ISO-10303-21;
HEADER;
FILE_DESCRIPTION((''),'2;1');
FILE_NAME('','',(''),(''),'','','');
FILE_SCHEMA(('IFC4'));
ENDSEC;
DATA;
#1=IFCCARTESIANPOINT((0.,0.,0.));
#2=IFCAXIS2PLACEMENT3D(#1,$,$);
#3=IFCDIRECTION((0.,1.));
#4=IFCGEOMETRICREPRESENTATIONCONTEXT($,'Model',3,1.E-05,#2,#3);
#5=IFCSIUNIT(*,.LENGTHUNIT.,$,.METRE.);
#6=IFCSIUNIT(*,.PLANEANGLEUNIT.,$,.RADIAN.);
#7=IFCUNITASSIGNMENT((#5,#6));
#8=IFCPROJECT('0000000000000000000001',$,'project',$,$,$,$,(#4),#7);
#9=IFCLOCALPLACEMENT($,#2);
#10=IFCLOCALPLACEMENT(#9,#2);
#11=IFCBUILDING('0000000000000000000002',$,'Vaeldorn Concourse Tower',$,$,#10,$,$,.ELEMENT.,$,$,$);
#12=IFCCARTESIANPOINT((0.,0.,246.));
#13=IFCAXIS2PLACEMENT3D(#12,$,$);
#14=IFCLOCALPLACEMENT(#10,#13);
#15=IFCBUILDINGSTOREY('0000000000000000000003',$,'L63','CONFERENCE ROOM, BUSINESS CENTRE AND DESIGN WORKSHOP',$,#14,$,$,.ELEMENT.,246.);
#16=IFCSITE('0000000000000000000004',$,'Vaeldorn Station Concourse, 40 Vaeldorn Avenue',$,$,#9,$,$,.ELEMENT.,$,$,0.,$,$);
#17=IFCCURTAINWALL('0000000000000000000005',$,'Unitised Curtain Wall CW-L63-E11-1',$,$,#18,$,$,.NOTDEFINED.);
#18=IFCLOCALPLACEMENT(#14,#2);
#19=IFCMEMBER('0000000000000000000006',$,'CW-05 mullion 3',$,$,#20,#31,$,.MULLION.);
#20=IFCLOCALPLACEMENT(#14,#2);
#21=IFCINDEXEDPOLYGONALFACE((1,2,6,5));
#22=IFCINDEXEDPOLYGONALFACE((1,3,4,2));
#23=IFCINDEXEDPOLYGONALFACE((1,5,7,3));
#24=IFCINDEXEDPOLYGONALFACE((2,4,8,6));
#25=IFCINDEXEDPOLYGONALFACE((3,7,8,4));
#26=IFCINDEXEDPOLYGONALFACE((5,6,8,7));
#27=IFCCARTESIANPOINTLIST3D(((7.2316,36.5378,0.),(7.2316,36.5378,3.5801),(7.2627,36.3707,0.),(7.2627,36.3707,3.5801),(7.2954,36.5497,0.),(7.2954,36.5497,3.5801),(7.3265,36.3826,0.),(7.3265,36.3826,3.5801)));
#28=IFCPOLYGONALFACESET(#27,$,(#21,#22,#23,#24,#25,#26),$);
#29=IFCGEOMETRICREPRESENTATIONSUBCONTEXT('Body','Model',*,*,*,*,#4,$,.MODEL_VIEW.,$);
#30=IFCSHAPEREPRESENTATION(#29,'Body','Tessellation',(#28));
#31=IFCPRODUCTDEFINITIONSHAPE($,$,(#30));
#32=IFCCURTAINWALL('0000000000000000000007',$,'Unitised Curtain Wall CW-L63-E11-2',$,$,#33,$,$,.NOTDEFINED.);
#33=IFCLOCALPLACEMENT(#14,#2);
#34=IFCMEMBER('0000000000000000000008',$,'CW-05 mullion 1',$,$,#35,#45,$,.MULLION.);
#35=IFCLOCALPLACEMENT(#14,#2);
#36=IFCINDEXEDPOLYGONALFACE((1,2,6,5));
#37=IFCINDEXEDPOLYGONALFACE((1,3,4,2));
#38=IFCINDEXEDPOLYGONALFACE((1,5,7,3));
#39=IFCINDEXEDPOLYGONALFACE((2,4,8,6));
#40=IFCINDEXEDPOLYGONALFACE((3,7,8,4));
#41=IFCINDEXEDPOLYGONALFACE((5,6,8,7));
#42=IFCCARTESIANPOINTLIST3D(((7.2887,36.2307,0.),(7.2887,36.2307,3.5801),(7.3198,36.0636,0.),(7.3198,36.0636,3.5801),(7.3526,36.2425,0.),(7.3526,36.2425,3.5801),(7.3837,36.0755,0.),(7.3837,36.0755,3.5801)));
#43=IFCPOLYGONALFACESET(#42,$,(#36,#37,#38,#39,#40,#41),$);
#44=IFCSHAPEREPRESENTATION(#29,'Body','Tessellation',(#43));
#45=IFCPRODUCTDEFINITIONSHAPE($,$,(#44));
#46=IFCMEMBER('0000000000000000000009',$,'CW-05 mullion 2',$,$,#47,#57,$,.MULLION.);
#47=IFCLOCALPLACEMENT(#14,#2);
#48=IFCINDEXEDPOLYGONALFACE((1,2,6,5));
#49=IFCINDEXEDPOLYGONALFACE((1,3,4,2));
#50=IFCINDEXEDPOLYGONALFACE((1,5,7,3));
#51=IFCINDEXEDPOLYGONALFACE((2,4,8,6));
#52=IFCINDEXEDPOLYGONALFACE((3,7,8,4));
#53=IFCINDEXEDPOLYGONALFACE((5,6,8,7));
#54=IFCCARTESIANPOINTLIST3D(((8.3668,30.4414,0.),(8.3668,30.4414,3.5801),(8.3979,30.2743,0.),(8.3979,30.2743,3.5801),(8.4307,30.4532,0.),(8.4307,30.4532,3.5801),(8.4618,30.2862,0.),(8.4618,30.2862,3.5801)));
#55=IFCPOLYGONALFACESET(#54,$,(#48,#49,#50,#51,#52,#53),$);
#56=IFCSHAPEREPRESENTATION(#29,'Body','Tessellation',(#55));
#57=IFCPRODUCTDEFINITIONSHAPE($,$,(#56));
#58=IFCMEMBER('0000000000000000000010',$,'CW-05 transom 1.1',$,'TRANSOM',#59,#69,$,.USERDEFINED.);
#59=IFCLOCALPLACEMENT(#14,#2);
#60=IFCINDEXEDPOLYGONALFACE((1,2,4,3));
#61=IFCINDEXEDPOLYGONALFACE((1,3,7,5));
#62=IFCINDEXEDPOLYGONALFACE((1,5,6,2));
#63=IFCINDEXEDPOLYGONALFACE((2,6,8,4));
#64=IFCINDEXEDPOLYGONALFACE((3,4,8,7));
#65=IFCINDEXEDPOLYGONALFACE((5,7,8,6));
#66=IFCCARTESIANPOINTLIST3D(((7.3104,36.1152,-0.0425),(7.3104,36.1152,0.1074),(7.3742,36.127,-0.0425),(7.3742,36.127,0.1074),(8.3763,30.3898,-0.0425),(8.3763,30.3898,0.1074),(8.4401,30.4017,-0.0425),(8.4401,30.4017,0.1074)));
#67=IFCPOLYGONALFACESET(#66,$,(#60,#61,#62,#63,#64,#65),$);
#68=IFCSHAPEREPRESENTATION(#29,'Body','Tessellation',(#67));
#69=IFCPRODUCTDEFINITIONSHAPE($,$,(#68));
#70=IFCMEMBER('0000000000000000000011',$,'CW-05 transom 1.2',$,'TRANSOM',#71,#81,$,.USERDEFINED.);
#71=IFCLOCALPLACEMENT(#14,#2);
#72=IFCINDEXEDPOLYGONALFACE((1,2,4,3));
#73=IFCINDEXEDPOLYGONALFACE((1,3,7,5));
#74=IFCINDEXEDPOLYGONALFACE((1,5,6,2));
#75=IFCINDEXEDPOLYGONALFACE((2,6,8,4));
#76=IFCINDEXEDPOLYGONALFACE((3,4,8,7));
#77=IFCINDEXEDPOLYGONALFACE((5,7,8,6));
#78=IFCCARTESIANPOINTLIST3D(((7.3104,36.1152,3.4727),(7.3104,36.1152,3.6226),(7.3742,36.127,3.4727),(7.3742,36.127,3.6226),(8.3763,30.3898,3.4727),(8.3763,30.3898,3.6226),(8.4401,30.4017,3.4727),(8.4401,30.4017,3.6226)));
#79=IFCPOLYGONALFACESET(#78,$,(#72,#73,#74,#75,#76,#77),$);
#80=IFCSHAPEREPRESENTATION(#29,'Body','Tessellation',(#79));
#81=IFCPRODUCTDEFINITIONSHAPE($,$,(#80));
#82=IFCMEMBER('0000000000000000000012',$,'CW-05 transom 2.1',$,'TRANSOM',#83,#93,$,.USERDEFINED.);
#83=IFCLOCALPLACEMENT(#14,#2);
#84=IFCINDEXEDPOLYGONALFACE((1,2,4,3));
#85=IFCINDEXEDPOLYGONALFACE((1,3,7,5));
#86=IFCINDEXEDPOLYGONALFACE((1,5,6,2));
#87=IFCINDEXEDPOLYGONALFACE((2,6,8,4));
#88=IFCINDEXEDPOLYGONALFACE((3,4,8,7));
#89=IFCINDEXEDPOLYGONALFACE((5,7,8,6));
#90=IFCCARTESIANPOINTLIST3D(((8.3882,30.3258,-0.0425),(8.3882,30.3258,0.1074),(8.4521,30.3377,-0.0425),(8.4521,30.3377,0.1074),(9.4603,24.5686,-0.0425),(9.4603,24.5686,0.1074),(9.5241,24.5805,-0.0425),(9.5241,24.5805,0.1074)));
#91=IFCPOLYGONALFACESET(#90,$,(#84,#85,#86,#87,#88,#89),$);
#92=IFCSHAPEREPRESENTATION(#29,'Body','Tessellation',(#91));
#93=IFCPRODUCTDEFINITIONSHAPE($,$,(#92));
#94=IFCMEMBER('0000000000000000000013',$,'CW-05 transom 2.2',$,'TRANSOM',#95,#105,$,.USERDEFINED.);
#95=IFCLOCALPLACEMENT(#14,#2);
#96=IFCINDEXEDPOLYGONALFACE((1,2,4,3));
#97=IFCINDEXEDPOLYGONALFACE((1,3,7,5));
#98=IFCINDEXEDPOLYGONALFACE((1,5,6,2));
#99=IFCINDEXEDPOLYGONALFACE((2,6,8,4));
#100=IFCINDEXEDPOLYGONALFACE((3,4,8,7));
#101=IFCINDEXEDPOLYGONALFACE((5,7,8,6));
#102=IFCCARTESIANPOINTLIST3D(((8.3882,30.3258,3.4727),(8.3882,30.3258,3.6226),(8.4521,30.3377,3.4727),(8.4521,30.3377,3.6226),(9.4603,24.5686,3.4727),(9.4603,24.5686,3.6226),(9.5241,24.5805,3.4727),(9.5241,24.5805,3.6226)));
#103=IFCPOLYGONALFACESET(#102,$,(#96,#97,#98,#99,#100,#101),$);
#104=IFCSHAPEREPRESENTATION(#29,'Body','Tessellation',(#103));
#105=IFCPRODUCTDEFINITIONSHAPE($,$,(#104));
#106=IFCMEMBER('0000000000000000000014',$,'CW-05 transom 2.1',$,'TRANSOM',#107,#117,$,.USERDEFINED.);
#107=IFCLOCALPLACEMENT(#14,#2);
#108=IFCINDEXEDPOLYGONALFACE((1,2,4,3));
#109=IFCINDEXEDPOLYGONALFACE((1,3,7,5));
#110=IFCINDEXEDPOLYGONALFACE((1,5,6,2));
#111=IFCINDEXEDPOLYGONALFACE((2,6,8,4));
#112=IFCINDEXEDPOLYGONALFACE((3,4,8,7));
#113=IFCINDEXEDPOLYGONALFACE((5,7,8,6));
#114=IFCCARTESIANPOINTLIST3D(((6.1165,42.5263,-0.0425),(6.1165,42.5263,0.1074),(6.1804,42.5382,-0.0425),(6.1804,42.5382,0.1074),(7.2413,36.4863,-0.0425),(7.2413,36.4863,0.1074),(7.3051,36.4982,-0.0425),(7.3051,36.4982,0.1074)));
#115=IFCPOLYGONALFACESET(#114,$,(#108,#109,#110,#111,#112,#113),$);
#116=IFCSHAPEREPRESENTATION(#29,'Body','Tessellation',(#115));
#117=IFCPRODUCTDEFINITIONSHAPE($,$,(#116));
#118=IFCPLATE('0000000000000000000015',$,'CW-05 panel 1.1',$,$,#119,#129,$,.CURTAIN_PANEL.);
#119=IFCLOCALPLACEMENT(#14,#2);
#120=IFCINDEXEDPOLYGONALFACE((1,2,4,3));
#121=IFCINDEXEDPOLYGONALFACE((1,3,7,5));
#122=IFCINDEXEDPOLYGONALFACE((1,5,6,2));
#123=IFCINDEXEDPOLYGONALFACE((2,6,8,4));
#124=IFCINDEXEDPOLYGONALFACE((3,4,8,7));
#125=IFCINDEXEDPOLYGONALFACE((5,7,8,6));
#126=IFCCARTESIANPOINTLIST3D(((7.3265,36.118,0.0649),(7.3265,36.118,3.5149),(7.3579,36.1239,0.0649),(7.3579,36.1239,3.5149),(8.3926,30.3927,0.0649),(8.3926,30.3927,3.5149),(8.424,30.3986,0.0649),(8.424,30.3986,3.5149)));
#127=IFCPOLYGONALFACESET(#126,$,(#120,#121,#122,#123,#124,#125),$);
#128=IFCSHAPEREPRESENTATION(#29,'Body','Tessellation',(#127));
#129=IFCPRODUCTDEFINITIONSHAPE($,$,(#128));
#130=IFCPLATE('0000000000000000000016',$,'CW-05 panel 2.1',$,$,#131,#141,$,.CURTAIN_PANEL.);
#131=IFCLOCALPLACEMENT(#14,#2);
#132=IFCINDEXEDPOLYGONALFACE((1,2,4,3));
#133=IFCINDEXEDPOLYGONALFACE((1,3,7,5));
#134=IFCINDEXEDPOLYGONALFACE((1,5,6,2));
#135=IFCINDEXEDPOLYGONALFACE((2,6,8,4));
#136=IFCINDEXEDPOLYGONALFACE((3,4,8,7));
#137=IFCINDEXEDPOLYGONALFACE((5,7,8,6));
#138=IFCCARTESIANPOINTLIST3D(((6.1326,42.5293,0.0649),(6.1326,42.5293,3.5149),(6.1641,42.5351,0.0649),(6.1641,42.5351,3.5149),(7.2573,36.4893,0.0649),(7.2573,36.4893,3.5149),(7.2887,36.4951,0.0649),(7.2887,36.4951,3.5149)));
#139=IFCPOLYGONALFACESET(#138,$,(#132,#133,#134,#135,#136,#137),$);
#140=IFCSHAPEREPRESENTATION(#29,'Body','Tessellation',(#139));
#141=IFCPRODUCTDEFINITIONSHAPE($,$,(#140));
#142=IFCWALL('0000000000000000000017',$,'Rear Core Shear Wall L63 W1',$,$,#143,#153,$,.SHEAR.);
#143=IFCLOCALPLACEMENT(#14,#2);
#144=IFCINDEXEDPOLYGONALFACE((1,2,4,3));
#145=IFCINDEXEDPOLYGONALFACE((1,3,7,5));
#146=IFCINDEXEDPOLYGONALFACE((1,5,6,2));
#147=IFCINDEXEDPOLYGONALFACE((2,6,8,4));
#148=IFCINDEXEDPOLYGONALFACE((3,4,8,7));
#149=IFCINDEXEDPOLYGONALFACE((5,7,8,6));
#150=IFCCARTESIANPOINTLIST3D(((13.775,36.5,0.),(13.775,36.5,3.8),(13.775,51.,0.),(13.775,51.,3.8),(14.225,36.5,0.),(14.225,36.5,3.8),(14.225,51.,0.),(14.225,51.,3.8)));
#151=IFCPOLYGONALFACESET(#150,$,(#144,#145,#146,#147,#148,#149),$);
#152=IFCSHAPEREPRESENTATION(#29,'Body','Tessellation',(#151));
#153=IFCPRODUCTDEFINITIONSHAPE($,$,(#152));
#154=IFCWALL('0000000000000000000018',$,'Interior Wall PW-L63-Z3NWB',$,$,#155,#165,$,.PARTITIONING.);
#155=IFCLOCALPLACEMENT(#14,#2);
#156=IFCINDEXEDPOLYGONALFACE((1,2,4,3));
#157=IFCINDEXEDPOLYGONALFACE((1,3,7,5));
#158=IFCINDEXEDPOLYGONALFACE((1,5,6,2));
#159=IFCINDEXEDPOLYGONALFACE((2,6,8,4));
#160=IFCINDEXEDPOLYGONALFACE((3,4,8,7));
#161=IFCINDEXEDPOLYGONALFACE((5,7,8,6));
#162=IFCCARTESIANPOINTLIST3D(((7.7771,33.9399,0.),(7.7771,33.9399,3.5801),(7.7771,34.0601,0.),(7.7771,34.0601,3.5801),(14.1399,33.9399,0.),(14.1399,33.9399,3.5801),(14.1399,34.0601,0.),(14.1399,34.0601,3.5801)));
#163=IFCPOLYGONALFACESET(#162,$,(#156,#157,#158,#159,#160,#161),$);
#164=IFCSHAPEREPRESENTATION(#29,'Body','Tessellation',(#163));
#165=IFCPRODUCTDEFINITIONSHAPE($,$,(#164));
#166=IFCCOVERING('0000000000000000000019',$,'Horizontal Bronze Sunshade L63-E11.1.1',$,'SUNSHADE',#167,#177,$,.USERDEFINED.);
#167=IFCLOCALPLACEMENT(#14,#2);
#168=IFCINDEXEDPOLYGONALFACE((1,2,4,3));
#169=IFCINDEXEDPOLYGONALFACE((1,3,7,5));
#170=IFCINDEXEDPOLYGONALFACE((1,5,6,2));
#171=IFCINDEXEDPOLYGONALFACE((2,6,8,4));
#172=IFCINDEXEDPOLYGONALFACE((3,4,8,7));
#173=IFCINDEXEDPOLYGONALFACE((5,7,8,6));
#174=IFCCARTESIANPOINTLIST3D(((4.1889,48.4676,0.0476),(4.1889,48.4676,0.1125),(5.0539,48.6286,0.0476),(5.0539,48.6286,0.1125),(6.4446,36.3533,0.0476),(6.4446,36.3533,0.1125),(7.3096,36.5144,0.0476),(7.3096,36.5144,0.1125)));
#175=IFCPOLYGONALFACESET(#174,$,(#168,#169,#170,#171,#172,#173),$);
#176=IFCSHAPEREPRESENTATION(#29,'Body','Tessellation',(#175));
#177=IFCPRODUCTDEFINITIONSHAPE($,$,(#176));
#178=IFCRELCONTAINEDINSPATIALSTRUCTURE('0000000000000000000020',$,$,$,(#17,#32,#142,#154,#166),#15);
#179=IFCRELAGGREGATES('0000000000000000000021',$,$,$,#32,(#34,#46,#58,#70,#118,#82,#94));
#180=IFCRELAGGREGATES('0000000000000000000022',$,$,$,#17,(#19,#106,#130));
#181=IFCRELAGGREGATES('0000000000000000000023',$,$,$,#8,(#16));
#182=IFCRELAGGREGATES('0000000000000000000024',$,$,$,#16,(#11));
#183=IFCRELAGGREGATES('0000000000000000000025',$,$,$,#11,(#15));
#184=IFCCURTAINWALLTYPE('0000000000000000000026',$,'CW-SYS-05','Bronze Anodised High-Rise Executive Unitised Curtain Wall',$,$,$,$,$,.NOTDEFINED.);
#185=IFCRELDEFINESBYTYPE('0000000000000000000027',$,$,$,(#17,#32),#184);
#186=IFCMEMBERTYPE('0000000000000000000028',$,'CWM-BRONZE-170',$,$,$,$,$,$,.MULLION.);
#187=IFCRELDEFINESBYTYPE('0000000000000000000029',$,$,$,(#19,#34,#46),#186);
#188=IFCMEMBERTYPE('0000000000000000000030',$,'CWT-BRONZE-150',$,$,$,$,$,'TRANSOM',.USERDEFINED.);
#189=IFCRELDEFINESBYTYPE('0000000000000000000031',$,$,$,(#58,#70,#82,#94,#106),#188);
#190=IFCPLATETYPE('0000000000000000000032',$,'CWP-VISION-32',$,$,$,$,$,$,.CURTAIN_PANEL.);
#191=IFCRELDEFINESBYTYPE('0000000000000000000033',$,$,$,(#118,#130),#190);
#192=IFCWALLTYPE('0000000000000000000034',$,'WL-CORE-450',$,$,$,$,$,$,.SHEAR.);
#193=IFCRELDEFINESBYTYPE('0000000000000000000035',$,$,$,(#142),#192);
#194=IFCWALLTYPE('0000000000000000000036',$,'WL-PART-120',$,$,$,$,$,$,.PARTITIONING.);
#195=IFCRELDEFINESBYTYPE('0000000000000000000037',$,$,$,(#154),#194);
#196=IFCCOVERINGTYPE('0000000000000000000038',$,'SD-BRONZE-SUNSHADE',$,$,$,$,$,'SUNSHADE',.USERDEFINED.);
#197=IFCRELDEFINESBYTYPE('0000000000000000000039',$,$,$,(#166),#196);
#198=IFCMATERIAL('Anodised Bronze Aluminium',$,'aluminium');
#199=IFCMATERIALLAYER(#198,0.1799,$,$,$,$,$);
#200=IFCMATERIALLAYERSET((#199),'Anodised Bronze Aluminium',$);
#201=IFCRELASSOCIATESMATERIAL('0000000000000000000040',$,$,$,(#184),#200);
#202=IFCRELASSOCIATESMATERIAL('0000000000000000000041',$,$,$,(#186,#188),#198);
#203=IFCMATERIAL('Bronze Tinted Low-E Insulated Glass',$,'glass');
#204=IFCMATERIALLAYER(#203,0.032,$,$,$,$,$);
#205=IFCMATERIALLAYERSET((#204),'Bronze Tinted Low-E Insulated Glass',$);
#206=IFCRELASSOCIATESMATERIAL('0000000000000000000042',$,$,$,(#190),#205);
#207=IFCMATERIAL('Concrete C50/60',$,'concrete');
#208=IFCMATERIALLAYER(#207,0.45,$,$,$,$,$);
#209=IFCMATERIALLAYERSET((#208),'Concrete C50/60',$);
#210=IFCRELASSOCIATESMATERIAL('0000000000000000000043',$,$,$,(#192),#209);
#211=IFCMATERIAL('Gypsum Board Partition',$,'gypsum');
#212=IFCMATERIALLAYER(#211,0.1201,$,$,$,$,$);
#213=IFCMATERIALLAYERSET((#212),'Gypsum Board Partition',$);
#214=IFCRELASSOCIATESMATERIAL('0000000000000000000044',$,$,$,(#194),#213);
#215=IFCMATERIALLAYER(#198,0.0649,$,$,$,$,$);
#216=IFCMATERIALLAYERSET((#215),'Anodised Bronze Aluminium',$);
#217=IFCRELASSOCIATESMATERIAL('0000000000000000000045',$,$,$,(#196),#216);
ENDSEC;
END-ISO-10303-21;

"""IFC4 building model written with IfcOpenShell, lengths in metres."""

from ifc_helpers import new_model, si_unit, direction, frame, frame_2d, origin, origin_2d, place, context, subcontext, project, spatial, rectangle, extrude, source, transform, mapped, material, layer, layer_set, material_profile, profile_set, type_object, element, aggregate, save


model = new_model("IFC4")

# Units and contexts
model_context = context("Model", 3, precision=1e-05, world=origin(), true_north=direction((0.0, 1.0)))
body_context = subcontext(model_context, "Body", "Model", "MODEL_VIEW")
ifc_project = project(units=[si_unit("LENGTHUNIT", "METRE"), si_unit("PLANEANGLEUNIT", "RADIAN")], contexts=[model_context])

# Site, building, storey
site_placement = place(None, origin())
site = spatial("IfcSite", under=ifc_project, at=site_placement, Name="Vaeldorn Station Concourse, 40 Vaeldorn Avenue", CompositionType="ELEMENT", RefElevation=0.0)
building_placement = place(site_placement, origin())
building = spatial("IfcBuilding", under=site, at=building_placement, Name="Vaeldorn Concourse Tower", CompositionType="ELEMENT")
storey_placement = place(building_placement, frame((0.0, 0.0, 246.0)))
storey = spatial("IfcBuildingStorey", under=building, at=storey_placement, Name="L63", Description="CONFERENCE ROOM, BUSINESS CENTRE AND DESIGN WORKSHOP", CompositionType="ELEMENT", Elevation=246.0)

# Shared definitions
ifc_material_1 = material(Name="Concrete C50/60", Category="concrete")

# Curtain wall, member
ifc_material_2 = material(Name="Anodised Bronze Aluminium", Category="aluminium")
ifc_layer_1 = layer(ifc_material_2, 0.1799)
ifc_layer_set_1 = layer_set([ifc_layer_1], Name="Anodised Bronze Aluminium")
curtain_wall_type = type_object("IfcCurtainWallType", Name="CW-SYS-05", Description="Bronze Anodised High-Rise Executive Unitised Curtain Wall", PredefinedType="NOTDEFINED", material=ifc_layer_set_1)
curtain_wall_1_placement = place(storey_placement, origin())
curtain_wall_1 = element("IfcCurtainWall", 1, at=curtain_wall_1_placement, inside=storey, type_object=curtain_wall_type, Name="Unitised Curtain Wall CW-L63-E11-1", PredefinedType="NOTDEFINED")
ifc_material_profile_1 = material_profile(ifc_material_2, rectangle(XDim=0.0649, YDim=0.1699, at=origin_2d()), Name="CWM 65x170")
ifc_profile_set_1 = profile_set([ifc_material_profile_1], Name="Anodised Bronze Aluminium")
member_type_1 = type_object("IfcMemberType", Name="CWM-BRONZE-170", PredefinedType="MULLION", material=ifc_profile_set_1)
shared_shape_1 = source(origin(), body_context, "Body", "SweptSolid", [
    extrude(rectangle(XDim=0.0649, YDim=0.1699, at=origin_2d()), origin(), (0.0, 0.0, 1.0), 3.5801),
])
member_1_placement = place(storey_placement, frame((7.2791, 36.4602, 0.0), z_axis=(0.0, 0.0, 1.0), x_axis=(0.983103, 0.183054, 0.0)))
member_1 = element("IfcMember", 2, at=member_1_placement, type_object=member_type_1, Name="CW-05 mullion 3", PredefinedType="MULLION", context=body_context, shape_type="MappedRepresentation", body=[
    mapped(shared_shape_1, transform((0.0, 0.0, 0.0), scale=1.0)),
])

# Curtain wall, members
curtain_wall_2_placement = place(storey_placement, origin())
curtain_wall_2 = element("IfcCurtainWall", 3, at=curtain_wall_2_placement, inside=storey, type_object=curtain_wall_type, Name="Unitised Curtain Wall CW-L63-E11-2", PredefinedType="NOTDEFINED")
member_2_placement = place(storey_placement, frame((7.3362, 36.1531, 0.0), z_axis=(0.0, 0.0, 1.0), x_axis=(0.983103, 0.183055, 0.0)))
member_2 = element("IfcMember", 4, at=member_2_placement, type_object=member_type_1, Name="CW-05 mullion 1", PredefinedType="MULLION", context=body_context, shape_type="MappedRepresentation", body=[
    mapped(shared_shape_1, transform((0.0, 0.0, 0.0), scale=1.0)),
])
member_3_placement = place(storey_placement, frame((8.4143, 30.3638, 0.0), z_axis=(0.0, 0.0, 1.0), x_axis=(0.983103, 0.183055, 0.0)))
member_3 = element("IfcMember", 5, at=member_3_placement, type_object=member_type_1, Name="CW-05 mullion 2", PredefinedType="MULLION", context=body_context, shape_type="MappedRepresentation", body=[
    mapped(shared_shape_1, transform((0.0, 0.0, 0.0), scale=1.0)),
])
ifc_material_profile_2 = material_profile(ifc_material_2, rectangle(XDim=0.0649, YDim=0.1499, at=origin_2d()), Name="CWT 65x150")
ifc_profile_set_2 = profile_set([ifc_material_profile_2], Name="Anodised Bronze Aluminium")
member_type_2 = type_object("IfcMemberType", Name="CWT-BRONZE-150", ElementType="TRANSOM", PredefinedType="USERDEFINED", material=ifc_profile_set_2)
shared_shape_2 = source(origin(), body_context, "Body", "SweptSolid", [
    extrude(rectangle(XDim=0.0649, YDim=0.1499, at=origin_2d()), origin(), (0.0, 0.0, 1.0), 5.8237),
])
member_4_placement = place(storey_placement, frame((7.3423, 36.1211, 0.0325), z_axis=(0.18303, -0.983107, 0.0), x_axis=(0.983107, 0.18303, 0.0)))
member_4 = element("IfcMember", 6, at=member_4_placement, type_object=member_type_2, Name="CW-05 transom 1.1", ObjectType="TRANSOM", PredefinedType="USERDEFINED", context=body_context, shape_type="MappedRepresentation", body=[
    mapped(shared_shape_2, transform((0.0, 0.0, 0.0), scale=1.0)),
])
member_5_placement = place(storey_placement, frame((7.3423, 36.1211, 3.5476), z_axis=(0.18303, -0.983107, 0.0), x_axis=(0.983107, 0.18303, 0.0)))
member_5 = element("IfcMember", 7, at=member_5_placement, type_object=member_type_2, Name="CW-05 transom 1.2", ObjectType="TRANSOM", PredefinedType="USERDEFINED", context=body_context, shape_type="MappedRepresentation", body=[
    mapped(shared_shape_2, transform((0.0, 0.0, 0.0), scale=1.0)),
])
shared_shape_3 = source(origin(), body_context, "Body", "SweptSolid", [
    extrude(rectangle(XDim=0.0649, YDim=0.1499, at=origin_2d()), origin(), (0.0, 0.0, 1.0), 5.8562),
])
member_6_placement = place(storey_placement, frame((8.4202, 30.3318, 0.0325), z_axis=(0.183055, -0.983103, 0.0), x_axis=(0.983103, 0.183055, 0.0)))
member_6 = element("IfcMember", 8, at=member_6_placement, type_object=member_type_2, Name="CW-05 transom 2.1", ObjectType="TRANSOM", PredefinedType="USERDEFINED", context=body_context, shape_type="MappedRepresentation", body=[
    mapped(shared_shape_3, transform((0.0, 0.0, 0.0), scale=1.0)),
])
member_7_placement = place(storey_placement, frame((8.4202, 30.3318, 3.5476), z_axis=(0.183055, -0.983103, 0.0), x_axis=(0.983103, 0.183055, 0.0)))
member_7 = element("IfcMember", 9, at=member_7_placement, type_object=member_type_2, Name="CW-05 transom 2.2", ObjectType="TRANSOM", PredefinedType="USERDEFINED", context=body_context, shape_type="MappedRepresentation", body=[
    mapped(shared_shape_3, transform((0.0, 0.0, 0.0), scale=1.0)),
])

# Member
shared_shape_4 = source(origin(), body_context, "Body", "SweptSolid", [
    extrude(rectangle(XDim=0.0649, YDim=0.1499, at=origin_2d()), origin(), (0.0, 0.0, 1.0), 6.1438),
])
member_8_placement = place(storey_placement, frame((6.1484, 42.5322, 0.0325), z_axis=(0.18307, -0.9831, 0.0), x_axis=(0.9831, 0.18307, 0.0)))
member_8 = element("IfcMember", 10, at=member_8_placement, type_object=member_type_2, Name="CW-05 transom 2.1", ObjectType="TRANSOM", PredefinedType="USERDEFINED", context=body_context, shape_type="MappedRepresentation", body=[
    mapped(shared_shape_4, transform((0.0, 0.0, 0.0), scale=1.0)),
])

# Plates
ifc_material_3 = material(Name="Bronze Tinted Low-E Insulated Glass", Category="glass")
ifc_layer_2 = layer(ifc_material_3, 0.032)
ifc_layer_set_2 = layer_set([ifc_layer_2], Name="Bronze Tinted Low-E Insulated Glass")
plate_type = type_object("IfcPlateType", Name="CWP-VISION-32", PredefinedType="CURTAIN_PANEL", material=ifc_layer_set_2)
shared_shape_5 = source(origin(), body_context, "Body", "SweptSolid", [
    extrude(rectangle(XDim=5.8237, YDim=0.032, at=origin_2d()), origin(), (0.0, 0.0, 1.0), 3.45),
])
plate_1_placement = place(storey_placement, frame((7.8752, 33.2583, 0.0649), z_axis=(0.0, 0.0, 1.0), x_axis=(0.183055, -0.983103, 0.0)))
plate_1 = element("IfcPlate", 11, at=plate_1_placement, type_object=plate_type, Name="CW-05 panel 1.1", PredefinedType="CURTAIN_PANEL", context=body_context, shape_type="MappedRepresentation", body=[
    mapped(shared_shape_5, transform((0.0, 0.0, 0.0), scale=1.0)),
])
aggregate(curtain_wall_2, [member_2, member_3, member_4, member_5, plate_1, member_6, member_7])
shared_shape_6 = source(origin(), body_context, "Body", "SweptSolid", [
    extrude(rectangle(XDim=6.1438, YDim=0.032, at=origin_2d()), origin(), (0.0, 0.0, 1.0), 3.45),
])
plate_2_placement = place(storey_placement, frame((6.7107, 39.5122, 0.0649), z_axis=(0.0, 0.0, 1.0), x_axis=(0.183054, -0.983103, 0.0)))
plate_2 = element("IfcPlate", 12, at=plate_2_placement, type_object=plate_type, Name="CW-05 panel 2.1", PredefinedType="CURTAIN_PANEL", context=body_context, shape_type="MappedRepresentation", body=[
    mapped(shared_shape_6, transform((0.0, 0.0, 0.0), scale=1.0)),
])
aggregate(curtain_wall_1, [member_1, member_8, plate_2])

# Walls
ifc_layer_3 = layer(ifc_material_1, 0.45)
ifc_layer_set_3 = layer_set([ifc_layer_3], Name="Concrete C50/60")
wall_type_1 = type_object("IfcWallType", Name="WL-CORE-450", PredefinedType="SHEAR", material=ifc_layer_set_3)
wall_1_placement = place(storey_placement, frame((14.0, 36.5, 0.0), z_axis=(0.0, 0.0, 1.0), x_axis=(0.0, 1.0, 0.0)))
element("IfcWall", 13, at=wall_1_placement, inside=storey, type_object=wall_type_1, Name="Rear Core Shear Wall L63 W1", PredefinedType="SHEAR", context=body_context, shape_type="SweptSolid", body=[
    extrude(rectangle(XDim=14.5, YDim=0.45, at=frame_2d((7.25, 0.0))), origin(), (0.0, 0.0, 1.0), 3.8),
])
ifc_material_4 = material(Name="Gypsum Board Partition", Category="gypsum")
ifc_layer_4 = layer(ifc_material_4, 0.1201)
ifc_layer_set_4 = layer_set([ifc_layer_4], Name="Gypsum Board Partition")
wall_type_2 = type_object("IfcWallType", Name="WL-PART-120", PredefinedType="PARTITIONING", material=ifc_layer_set_4)
wall_2_placement = place(storey_placement, frame((7.7771, 34.0, 0.0), z_axis=(0.0, 0.0, 1.0), x_axis=(1.0, 0.0, 0.0)))
element("IfcWall", 14, at=wall_2_placement, inside=storey, type_object=wall_type_2, Name="Interior Wall PW-L63-Z3NWB", PredefinedType="PARTITIONING", context=body_context, shape_type="SweptSolid", body=[
    extrude(rectangle(XDim=6.3628, YDim=0.1201, at=frame_2d((3.1814, 0.0))), origin(), (0.0, 0.0, 1.0), 3.5801),
])

# Covering
ifc_layer_5 = layer(ifc_material_2, 0.0649)
ifc_layer_set_5 = layer_set([ifc_layer_5], Name="Anodised Bronze Aluminium")
covering_type = type_object("IfcCoveringType", Name="SD-BRONZE-SUNSHADE", ElementType="SUNSHADE", PredefinedType="USERDEFINED", material=ifc_layer_set_5)
shared_shape_7 = source(origin(), body_context, "Body", "SweptSolid", [
    extrude(rectangle(XDim=12.3225, YDim=0.8799, at=origin_2d()), origin(), (0.0, 0.0, 1.0), 0.0649),
])
for number, where, z_axis, x_axis, name in (
    (15, (5.7493, 42.491, 0.0476), (0.0, 0.0, 1.0), (0.183059, -0.983102, 0.0), "Horizontal Bronze Sunshade L63-E11.1.1"),
):
    element("IfcCovering", number, at=place(storey_placement, frame(where, z_axis=z_axis, x_axis=x_axis)), inside=storey, type_object=covering_type, Name=name, ObjectType="SUNSHADE", PredefinedType="USERDEFINED", context=body_context, shape_type="MappedRepresentation", body=[
        mapped(shared_shape_7, transform((0.0, 0.0, 0.0), scale=1.0)),
    ])

save(model, "model.ifc")
